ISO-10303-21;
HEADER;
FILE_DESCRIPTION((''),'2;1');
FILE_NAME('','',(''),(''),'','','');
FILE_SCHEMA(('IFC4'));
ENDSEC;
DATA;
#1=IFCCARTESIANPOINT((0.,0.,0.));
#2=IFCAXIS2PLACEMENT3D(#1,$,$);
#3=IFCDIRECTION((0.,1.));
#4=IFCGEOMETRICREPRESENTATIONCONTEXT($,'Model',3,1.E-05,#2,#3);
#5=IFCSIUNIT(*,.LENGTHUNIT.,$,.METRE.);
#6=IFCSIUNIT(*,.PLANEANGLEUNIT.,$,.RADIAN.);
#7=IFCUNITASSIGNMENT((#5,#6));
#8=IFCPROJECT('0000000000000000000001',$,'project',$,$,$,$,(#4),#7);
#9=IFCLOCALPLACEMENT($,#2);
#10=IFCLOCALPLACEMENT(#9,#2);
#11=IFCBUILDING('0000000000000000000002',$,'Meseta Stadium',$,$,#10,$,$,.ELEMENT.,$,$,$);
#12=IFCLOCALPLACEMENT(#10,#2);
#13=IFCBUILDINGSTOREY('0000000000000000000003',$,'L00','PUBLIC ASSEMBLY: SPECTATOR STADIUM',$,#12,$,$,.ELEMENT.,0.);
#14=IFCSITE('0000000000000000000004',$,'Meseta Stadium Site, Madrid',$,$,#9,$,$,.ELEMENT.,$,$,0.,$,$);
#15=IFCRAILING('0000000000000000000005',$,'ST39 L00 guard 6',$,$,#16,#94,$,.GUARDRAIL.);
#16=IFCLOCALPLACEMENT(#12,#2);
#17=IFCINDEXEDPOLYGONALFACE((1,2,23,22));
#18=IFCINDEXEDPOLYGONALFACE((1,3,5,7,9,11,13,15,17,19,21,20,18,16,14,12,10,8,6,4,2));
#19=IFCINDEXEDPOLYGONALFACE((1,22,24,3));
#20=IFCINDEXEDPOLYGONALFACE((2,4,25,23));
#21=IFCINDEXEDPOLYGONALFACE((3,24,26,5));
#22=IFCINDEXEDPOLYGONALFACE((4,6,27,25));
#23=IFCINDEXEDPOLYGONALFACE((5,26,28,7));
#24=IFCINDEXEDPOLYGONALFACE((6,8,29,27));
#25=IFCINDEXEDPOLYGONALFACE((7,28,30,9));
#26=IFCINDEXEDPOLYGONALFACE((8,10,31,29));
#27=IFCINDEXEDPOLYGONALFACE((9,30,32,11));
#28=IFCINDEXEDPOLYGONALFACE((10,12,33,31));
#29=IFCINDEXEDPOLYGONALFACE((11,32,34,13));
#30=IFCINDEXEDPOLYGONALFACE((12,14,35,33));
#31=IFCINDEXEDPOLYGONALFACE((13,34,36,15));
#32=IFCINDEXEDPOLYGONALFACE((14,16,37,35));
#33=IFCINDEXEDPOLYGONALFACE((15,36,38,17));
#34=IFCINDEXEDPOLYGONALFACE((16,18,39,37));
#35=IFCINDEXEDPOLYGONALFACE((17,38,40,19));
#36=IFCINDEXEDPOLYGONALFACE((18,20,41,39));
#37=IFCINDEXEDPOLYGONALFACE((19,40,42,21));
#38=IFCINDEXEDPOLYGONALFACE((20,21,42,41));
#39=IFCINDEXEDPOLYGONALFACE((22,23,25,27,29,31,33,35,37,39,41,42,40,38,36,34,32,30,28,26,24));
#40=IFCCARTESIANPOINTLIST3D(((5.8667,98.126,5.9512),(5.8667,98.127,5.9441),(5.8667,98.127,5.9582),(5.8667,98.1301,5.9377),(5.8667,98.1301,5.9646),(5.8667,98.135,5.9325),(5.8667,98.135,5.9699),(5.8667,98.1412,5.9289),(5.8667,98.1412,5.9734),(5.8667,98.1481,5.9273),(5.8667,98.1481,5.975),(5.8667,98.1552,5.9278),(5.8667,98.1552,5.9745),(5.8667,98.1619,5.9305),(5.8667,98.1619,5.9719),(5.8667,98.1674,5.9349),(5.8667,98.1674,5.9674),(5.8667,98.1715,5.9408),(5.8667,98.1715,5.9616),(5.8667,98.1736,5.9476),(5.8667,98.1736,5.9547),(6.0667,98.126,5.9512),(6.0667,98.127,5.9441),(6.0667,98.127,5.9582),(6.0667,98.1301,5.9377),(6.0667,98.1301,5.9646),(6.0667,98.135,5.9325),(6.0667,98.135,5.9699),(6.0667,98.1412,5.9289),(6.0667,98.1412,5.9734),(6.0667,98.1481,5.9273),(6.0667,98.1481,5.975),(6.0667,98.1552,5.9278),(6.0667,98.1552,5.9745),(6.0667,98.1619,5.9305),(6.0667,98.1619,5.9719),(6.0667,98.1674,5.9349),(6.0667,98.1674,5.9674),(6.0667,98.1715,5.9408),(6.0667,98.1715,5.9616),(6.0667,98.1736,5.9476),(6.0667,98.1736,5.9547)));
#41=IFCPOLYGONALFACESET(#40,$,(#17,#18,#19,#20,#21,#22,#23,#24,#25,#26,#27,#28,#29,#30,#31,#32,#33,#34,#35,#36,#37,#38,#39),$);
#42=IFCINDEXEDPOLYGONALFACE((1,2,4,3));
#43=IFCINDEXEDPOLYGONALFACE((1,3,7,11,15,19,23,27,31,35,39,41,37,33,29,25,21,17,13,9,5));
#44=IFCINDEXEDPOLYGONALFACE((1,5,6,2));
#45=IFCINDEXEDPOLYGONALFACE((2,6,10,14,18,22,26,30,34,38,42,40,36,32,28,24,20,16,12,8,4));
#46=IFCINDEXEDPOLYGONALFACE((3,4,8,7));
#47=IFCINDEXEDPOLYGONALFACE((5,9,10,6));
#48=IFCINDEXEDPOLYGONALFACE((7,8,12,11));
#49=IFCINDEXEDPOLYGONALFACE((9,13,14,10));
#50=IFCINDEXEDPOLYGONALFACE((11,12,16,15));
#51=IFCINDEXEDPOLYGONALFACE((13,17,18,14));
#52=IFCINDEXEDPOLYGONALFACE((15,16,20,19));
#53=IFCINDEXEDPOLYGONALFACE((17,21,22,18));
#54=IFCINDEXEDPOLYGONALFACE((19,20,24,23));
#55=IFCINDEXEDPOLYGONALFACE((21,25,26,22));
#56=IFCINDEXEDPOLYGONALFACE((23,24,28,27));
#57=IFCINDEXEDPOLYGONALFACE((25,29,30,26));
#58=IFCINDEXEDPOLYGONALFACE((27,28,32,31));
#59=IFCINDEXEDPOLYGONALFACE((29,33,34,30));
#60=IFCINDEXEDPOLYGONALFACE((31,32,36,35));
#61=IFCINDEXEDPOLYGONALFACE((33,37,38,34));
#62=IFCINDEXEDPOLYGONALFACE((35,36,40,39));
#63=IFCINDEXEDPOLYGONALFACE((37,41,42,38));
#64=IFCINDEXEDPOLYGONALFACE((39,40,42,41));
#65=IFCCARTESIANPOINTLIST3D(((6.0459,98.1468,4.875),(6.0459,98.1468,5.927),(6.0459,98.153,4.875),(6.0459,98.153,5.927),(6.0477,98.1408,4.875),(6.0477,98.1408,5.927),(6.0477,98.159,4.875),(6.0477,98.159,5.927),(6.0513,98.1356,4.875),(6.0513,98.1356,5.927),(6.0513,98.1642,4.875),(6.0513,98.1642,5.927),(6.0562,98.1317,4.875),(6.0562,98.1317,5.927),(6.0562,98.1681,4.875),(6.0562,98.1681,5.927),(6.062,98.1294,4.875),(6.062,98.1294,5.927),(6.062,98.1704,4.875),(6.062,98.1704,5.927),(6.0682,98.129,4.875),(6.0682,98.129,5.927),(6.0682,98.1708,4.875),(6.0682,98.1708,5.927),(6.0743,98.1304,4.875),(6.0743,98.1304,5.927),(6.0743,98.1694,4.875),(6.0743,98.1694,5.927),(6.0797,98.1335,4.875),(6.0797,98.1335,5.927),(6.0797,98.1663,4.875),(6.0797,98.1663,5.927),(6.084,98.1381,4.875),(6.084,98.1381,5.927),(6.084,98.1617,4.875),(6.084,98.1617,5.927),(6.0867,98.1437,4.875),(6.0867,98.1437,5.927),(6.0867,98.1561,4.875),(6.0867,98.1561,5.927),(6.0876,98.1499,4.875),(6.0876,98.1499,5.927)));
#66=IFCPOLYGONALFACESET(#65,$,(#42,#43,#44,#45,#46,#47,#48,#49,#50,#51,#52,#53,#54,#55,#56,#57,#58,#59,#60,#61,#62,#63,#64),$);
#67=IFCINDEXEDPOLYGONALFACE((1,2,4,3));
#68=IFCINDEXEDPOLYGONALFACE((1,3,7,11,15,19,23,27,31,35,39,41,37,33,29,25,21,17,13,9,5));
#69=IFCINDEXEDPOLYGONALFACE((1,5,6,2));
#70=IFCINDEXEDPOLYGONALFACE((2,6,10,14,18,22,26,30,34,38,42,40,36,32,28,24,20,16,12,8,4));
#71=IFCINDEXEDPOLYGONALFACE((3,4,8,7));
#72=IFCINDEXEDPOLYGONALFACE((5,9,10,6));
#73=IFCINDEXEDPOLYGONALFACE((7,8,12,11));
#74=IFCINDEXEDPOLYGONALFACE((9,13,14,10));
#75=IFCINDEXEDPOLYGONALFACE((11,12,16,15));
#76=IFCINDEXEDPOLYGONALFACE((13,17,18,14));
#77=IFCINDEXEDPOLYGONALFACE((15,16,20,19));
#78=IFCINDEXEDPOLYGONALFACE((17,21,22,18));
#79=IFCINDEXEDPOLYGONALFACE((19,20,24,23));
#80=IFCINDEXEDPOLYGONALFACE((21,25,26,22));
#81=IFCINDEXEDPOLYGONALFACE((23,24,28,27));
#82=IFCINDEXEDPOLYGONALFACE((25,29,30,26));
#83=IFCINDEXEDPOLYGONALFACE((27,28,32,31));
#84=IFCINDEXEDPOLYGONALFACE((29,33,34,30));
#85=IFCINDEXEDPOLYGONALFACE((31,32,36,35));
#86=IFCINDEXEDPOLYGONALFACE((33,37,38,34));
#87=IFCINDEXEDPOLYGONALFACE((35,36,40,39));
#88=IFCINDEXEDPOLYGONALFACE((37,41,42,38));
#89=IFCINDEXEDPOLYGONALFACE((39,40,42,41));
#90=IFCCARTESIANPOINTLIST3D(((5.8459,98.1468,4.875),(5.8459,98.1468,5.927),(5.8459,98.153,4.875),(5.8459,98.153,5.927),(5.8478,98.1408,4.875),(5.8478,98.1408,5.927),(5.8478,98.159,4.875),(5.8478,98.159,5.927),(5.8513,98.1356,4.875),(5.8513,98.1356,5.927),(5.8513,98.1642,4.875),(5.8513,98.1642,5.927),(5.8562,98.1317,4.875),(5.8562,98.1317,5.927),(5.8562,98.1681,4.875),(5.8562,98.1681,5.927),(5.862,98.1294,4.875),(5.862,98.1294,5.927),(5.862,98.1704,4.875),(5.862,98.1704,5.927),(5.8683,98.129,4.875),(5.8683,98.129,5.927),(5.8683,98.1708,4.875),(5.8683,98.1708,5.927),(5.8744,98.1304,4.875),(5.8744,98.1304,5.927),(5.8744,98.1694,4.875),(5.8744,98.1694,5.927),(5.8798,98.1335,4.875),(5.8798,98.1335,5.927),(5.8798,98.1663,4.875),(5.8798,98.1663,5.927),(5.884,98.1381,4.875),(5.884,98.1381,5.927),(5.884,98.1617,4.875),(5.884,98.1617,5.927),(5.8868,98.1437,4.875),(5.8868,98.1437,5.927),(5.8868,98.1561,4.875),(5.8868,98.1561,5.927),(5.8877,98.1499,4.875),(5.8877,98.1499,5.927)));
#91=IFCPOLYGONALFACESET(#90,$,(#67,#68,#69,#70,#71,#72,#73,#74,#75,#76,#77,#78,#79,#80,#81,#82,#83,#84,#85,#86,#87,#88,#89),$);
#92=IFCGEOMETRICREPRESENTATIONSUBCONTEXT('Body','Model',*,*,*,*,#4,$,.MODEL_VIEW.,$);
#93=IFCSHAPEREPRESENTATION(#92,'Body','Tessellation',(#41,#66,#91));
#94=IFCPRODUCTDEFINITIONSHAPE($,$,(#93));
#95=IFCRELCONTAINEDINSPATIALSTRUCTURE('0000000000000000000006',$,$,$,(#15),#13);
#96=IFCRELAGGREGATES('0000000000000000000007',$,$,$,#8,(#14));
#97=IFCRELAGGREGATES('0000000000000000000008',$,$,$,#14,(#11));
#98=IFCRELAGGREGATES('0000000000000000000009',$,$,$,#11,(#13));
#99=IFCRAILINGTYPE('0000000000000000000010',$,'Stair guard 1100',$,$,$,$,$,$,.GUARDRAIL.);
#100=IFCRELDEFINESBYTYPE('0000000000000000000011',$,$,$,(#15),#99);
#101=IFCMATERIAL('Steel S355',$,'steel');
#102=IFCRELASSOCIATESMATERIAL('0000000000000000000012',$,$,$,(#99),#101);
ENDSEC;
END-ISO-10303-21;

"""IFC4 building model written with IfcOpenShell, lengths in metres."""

from ifc_helpers import new_model, si_unit, direction, frame, origin, origin_2d, place, context, subcontext, project, spatial, circle, extrude, material, type_object, element, save


model = new_model("IFC4")

# Units and contexts
model_context = context("Model", 3, precision=1e-05, world=origin(), true_north=direction((0.0, 1.0)))
body_context = subcontext(model_context, "Body", "Model", "MODEL_VIEW")
ifc_project = project(units=[si_unit("LENGTHUNIT", "METRE"), si_unit("PLANEANGLEUNIT", "RADIAN")], contexts=[model_context])

# Site, building, storey
site_placement = place(None, origin())
site = spatial("IfcSite", under=ifc_project, at=site_placement, Name="Meseta Stadium Site, Madrid", CompositionType="ELEMENT", RefElevation=0.0)
building_placement = place(site_placement, origin())
building = spatial("IfcBuilding", under=site, at=building_placement, Name="Meseta Stadium", CompositionType="ELEMENT")
storey_placement = place(building_placement, origin())
storey = spatial("IfcBuildingStorey", under=building, at=storey_placement, Name="L00", Description="PUBLIC ASSEMBLY: SPECTATOR STADIUM", CompositionType="ELEMENT", Elevation=0.0)

# Railing
ifc_material_1 = material(Name="Steel S355", Category="steel")
railing_type_1 = type_object("IfcRailingType", Name="Stair guard 1100", PredefinedType="GUARDRAIL", material=ifc_material_1)
railing_1_placement = place(storey_placement, frame((6.0667, 98.1499, 4.875)))
element("IfcRailing", 1, at=railing_1_placement, inside=storey, type_object=railing_type_1, Name="ST39 L00 guard 6", PredefinedType="GUARDRAIL", context=body_context, shape_type="SweptSolid", body=[
    extrude(circle(Radius=0.0239, at=origin_2d()), frame((0.0, 0.0, 1.0762), z_axis=(-1.0, 0.0, 0.0), x_axis=(0.0, -1.0, 0.0)), (0.0, 0.0, 1.0), 0.2),
    extrude(circle(Radius=0.021, at=origin_2d()), origin(), (0.0, 0.0, 1.0), 1.052),
    extrude(circle(Radius=0.021, at=origin_2d()), frame((-0.2, 0.0, 0.0)), (0.0, 0.0, 1.0), 1.052),
])

save(model, "model.ifc")
